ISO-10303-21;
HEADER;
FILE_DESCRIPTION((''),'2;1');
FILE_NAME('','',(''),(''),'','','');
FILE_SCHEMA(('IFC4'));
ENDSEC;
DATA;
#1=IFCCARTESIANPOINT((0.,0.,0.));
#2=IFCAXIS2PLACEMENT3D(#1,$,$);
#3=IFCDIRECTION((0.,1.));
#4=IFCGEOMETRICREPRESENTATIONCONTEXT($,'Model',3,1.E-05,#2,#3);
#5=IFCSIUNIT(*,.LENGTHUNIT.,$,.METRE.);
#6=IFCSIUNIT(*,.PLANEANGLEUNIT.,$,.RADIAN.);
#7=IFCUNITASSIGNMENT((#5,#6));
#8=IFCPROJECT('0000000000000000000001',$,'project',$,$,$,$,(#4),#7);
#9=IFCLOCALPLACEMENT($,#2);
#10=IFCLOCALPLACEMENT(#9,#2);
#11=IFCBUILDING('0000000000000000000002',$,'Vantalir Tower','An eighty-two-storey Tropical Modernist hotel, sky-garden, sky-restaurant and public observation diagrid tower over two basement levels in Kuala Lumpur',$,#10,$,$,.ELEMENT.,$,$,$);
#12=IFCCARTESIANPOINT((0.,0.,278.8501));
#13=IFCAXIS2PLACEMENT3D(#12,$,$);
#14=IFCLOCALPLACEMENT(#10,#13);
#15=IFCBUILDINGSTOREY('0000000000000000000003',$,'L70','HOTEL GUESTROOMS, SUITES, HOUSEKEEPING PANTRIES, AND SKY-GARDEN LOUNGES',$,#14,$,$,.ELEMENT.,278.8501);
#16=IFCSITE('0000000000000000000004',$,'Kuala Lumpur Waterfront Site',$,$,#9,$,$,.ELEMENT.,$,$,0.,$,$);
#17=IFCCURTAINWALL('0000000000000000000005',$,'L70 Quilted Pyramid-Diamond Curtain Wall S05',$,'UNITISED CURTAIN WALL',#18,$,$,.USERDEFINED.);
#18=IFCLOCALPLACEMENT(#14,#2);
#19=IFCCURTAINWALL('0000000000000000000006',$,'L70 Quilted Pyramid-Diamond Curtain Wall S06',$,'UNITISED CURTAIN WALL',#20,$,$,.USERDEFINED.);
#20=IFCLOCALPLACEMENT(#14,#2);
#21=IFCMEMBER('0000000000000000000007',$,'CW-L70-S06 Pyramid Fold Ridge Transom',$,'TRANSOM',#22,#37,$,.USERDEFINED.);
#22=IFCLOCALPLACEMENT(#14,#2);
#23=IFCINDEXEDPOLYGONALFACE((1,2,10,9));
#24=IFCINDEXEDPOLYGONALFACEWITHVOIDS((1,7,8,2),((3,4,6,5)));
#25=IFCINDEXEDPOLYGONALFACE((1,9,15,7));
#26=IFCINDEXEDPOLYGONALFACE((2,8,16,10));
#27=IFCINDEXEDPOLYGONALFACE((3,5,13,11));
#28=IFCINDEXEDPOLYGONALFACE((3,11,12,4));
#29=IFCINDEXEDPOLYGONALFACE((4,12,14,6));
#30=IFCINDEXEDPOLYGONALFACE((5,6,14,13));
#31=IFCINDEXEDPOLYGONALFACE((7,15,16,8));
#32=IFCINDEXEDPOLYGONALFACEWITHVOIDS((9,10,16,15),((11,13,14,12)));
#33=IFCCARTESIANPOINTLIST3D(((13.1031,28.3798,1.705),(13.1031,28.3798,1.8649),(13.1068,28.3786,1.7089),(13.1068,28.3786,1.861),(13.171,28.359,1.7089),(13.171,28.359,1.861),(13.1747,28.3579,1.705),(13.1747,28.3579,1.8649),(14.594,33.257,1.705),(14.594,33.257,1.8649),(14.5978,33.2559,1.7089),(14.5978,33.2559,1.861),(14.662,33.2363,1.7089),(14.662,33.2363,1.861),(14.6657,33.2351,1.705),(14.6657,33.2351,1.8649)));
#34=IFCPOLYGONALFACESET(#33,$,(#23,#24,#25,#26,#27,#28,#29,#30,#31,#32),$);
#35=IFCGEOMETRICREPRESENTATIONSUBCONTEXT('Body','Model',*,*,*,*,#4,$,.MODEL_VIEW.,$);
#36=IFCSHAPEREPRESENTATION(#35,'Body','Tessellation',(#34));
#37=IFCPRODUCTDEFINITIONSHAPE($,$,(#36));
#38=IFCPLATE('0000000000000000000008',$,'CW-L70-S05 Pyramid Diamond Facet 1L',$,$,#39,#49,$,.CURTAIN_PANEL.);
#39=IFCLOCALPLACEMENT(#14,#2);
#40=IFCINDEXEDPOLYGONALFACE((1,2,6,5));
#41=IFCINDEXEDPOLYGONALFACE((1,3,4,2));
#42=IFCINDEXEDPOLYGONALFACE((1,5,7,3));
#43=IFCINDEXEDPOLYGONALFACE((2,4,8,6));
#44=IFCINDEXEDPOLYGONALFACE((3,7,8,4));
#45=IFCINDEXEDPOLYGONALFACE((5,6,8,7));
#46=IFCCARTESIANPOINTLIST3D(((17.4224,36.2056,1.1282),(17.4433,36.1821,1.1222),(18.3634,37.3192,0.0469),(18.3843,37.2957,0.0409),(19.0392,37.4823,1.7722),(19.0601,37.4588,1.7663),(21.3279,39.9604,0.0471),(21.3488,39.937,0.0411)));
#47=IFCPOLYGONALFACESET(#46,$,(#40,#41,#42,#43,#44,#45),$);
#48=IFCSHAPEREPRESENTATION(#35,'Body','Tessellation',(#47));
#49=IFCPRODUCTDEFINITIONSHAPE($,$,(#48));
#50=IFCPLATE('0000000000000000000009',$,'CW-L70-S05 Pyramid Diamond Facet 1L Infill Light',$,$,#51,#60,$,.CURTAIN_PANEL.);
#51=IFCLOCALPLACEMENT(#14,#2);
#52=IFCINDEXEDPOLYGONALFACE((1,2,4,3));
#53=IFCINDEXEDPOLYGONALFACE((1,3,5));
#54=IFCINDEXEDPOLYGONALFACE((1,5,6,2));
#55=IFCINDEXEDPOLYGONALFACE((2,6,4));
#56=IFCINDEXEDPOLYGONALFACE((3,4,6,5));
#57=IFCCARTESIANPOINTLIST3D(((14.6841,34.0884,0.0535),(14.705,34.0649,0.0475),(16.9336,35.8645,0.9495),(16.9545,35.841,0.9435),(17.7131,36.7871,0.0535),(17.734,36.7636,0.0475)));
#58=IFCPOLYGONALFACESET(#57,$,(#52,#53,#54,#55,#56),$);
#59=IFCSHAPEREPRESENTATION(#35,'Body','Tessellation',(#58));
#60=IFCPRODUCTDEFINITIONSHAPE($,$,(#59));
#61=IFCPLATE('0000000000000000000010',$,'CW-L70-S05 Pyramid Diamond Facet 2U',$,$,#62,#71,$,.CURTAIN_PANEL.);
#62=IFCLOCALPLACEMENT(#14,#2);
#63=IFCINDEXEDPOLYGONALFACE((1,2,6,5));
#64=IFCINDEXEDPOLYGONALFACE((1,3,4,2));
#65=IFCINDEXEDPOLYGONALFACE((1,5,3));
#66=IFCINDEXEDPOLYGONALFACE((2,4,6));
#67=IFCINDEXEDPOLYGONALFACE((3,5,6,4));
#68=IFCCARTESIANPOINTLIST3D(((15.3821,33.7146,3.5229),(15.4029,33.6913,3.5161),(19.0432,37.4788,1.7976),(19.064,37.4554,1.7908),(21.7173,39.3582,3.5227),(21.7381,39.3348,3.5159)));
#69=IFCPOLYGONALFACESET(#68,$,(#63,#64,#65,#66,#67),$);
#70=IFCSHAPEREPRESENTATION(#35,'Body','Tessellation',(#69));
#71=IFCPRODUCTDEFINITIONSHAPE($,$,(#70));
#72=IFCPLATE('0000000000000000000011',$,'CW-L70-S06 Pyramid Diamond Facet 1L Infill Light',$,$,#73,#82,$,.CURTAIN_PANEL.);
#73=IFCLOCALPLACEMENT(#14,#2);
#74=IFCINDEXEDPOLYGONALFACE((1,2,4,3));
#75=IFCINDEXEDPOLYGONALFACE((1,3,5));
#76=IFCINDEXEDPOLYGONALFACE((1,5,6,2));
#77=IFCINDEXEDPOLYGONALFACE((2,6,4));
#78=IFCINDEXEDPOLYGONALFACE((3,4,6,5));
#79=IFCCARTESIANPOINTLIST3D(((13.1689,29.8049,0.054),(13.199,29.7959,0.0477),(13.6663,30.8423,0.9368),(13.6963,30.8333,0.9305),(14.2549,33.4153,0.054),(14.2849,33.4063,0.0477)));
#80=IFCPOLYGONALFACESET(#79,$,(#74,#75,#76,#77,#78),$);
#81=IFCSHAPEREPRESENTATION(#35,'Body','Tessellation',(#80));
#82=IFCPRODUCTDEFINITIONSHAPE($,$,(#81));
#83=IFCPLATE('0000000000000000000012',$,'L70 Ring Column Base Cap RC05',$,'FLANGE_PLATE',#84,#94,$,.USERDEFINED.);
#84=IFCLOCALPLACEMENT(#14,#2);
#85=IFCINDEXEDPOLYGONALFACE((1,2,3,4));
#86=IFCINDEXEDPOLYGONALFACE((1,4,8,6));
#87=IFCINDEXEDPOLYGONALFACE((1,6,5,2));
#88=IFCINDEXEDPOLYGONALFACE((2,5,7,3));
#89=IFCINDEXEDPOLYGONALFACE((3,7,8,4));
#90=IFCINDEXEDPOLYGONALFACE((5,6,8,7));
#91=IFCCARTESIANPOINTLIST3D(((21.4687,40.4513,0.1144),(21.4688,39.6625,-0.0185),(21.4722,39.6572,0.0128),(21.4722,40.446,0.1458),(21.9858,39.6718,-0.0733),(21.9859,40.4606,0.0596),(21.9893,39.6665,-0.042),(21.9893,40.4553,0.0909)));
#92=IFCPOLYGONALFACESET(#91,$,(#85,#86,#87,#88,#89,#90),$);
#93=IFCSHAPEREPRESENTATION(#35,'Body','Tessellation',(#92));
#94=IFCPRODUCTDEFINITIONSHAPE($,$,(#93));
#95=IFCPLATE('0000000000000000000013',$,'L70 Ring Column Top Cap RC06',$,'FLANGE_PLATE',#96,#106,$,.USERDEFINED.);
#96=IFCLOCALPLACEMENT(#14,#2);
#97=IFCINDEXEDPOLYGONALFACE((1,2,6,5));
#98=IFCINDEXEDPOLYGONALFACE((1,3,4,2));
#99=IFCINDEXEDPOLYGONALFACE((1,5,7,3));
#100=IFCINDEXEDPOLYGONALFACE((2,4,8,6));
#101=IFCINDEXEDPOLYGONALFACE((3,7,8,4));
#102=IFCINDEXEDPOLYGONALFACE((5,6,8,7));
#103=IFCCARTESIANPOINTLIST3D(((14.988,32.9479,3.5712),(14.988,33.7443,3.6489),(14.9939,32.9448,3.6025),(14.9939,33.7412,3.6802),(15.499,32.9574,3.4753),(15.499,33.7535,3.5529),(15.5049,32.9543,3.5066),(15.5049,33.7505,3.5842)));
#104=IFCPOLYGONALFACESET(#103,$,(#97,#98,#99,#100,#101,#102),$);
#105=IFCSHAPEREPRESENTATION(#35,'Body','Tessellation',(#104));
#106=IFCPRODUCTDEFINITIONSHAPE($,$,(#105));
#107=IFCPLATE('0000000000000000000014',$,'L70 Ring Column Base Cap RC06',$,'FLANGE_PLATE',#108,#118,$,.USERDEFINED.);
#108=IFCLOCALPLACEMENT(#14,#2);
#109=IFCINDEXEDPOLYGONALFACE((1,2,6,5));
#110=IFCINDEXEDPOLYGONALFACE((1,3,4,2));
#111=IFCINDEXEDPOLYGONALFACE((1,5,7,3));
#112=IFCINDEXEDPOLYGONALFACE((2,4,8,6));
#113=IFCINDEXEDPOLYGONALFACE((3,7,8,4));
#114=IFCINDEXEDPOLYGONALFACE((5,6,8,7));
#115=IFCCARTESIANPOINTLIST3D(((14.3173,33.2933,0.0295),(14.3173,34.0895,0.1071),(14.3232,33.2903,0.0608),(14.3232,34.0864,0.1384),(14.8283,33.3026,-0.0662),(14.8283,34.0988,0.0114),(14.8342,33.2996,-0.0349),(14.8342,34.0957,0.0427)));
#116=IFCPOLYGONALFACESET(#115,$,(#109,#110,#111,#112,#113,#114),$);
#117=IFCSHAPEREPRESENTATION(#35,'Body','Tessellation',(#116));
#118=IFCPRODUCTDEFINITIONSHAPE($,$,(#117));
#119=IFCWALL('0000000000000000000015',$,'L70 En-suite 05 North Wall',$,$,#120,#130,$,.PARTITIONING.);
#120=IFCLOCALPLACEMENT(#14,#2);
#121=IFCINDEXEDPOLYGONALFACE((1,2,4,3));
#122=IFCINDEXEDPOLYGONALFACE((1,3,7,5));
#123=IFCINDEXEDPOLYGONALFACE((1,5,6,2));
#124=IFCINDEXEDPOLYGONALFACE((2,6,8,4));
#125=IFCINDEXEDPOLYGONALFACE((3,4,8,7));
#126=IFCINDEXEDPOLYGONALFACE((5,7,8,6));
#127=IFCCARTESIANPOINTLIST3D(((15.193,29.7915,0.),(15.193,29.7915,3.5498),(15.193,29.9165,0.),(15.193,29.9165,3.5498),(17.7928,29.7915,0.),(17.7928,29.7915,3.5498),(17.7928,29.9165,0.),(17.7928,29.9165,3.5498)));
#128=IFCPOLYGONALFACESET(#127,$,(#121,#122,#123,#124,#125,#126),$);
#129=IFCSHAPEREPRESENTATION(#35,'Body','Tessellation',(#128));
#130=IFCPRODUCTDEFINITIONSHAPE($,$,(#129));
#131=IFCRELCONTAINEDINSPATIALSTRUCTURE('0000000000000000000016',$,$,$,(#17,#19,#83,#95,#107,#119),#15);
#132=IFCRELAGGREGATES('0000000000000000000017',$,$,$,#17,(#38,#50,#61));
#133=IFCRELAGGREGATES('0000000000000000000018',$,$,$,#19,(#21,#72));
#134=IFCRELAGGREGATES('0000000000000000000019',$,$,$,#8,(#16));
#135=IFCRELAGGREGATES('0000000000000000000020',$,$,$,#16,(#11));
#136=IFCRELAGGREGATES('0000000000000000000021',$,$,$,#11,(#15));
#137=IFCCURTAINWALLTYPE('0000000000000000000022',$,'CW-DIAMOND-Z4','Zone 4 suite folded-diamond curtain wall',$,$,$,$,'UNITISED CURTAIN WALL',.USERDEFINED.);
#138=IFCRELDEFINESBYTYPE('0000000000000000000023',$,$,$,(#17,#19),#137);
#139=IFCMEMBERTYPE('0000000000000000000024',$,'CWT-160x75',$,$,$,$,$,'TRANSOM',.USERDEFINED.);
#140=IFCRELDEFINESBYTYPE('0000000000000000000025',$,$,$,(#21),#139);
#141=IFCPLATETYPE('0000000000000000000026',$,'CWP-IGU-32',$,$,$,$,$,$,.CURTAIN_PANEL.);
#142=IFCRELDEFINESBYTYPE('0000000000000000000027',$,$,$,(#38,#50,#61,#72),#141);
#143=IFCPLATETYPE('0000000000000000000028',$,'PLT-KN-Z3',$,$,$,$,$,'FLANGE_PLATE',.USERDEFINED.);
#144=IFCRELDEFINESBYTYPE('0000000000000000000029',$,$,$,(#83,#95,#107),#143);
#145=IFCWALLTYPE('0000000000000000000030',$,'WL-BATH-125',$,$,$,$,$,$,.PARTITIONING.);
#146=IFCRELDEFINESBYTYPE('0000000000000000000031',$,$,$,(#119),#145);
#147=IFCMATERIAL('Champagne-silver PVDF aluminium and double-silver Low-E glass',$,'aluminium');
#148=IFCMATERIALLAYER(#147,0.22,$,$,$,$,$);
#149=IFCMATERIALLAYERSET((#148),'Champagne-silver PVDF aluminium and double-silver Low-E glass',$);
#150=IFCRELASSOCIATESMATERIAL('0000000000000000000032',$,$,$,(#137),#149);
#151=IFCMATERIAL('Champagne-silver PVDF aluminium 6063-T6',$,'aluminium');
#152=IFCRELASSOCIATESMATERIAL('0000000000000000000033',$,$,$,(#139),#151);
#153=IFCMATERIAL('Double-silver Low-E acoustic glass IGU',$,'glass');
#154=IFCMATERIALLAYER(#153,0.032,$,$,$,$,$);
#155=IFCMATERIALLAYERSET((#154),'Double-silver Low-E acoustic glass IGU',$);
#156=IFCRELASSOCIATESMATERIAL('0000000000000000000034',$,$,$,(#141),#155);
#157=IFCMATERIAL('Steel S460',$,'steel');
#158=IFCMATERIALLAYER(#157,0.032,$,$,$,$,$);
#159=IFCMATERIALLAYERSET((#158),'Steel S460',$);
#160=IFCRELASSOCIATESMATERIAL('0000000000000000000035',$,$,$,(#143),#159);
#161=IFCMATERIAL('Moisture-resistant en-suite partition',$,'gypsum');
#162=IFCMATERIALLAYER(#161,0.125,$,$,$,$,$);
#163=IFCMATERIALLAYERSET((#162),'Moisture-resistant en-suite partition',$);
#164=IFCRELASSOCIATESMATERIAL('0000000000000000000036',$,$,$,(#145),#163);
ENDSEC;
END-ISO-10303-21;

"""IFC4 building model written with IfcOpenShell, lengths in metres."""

from ifc_helpers import new_model, si_unit, direction, frame, frame_2d, origin, origin_2d, place, context, subcontext, project, spatial, polyline, rectangle, hollow_rectangle, outline, extrude, material, layer, layer_set, material_profile, profile_set, type_object, element, aggregate, save


model = new_model("IFC4")

# Units and contexts
model_context = context("Model", 3, precision=1e-05, world=origin(), true_north=direction((0.0, 1.0)))
body_context = subcontext(model_context, "Body", "Model", "MODEL_VIEW")
ifc_project = project(units=[si_unit("LENGTHUNIT", "METRE"), si_unit("PLANEANGLEUNIT", "RADIAN")], contexts=[model_context])

# Site, building, storey
site_placement = place(None, origin())
site = spatial("IfcSite", under=ifc_project, at=site_placement, Name="Kuala Lumpur Waterfront Site", CompositionType="ELEMENT", RefElevation=0.0)
building_placement = place(site_placement, origin())
building = spatial("IfcBuilding", under=site, at=building_placement, Name="Vantalir Tower", Description="An eighty-two-storey Tropical Modernist hotel, sky-garden, sky-restaurant and public observation diagrid tower over two basement levels in Kuala Lumpur", CompositionType="ELEMENT")
storey_placement = place(building_placement, frame((0.0, 0.0, 278.8501)))
storey = spatial("IfcBuildingStorey", under=building, at=storey_placement, Name="L70", Description="HOTEL GUESTROOMS, SUITES, HOUSEKEEPING PANTRIES, AND SKY-GARDEN LOUNGES", CompositionType="ELEMENT", Elevation=278.8501)

# Shared definitions
ifc_material_1 = material(Name="Steel S460", Category="steel")

# Curtain wall
ifc_material_2 = material(Name="Champagne-silver PVDF aluminium and double-silver Low-E glass", Category="aluminium")
ifc_layer_1 = layer(ifc_material_2, 0.22)
ifc_layer_set_1 = layer_set([ifc_layer_1], Name="Champagne-silver PVDF aluminium and double-silver Low-E glass")
curtain_wall_type = type_object("IfcCurtainWallType", Name="CW-DIAMOND-Z4", Description="Zone 4 suite folded-diamond curtain wall", ElementType="UNITISED CURTAIN WALL", PredefinedType="USERDEFINED", material=ifc_layer_set_1)
curtain_wall_1_placement = place(storey_placement, origin())
curtain_wall_1 = element("IfcCurtainWall", 1, at=curtain_wall_1_placement, inside=storey, type_object=curtain_wall_type, Name="L70 Quilted Pyramid-Diamond Curtain Wall S05", ObjectType="UNITISED CURTAIN WALL", PredefinedType="USERDEFINED")
ifc_material_3 = material(Name="Champagne-silver PVDF aluminium 6063-T6", Category="aluminium")

# Curtain wall
curtain_wall_2_placement = place(storey_placement, origin())
curtain_wall_2 = element("IfcCurtainWall", 2, at=curtain_wall_2_placement, inside=storey, type_object=curtain_wall_type, Name="L70 Quilted Pyramid-Diamond Curtain Wall S06", ObjectType="UNITISED CURTAIN WALL", PredefinedType="USERDEFINED")

# Member
ifc_material_profile_1 = material_profile(ifc_material_3, hollow_rectangle(XDim=0.075, YDim=0.1599, WallThickness=0.0039, at=origin_2d()), Name="Champagne-silver PVDF aluminium 6063-T6")
ifc_profile_set_1 = profile_set([ifc_material_profile_1], Name="Champagne-silver PVDF aluminium 6063-T6")
member_type_1 = type_object("IfcMemberType", Name="CWT-160x75", ElementType="TRANSOM", PredefinedType="USERDEFINED", material=ifc_profile_set_1)
member_1_placement = place(storey_placement, frame((14.6299, 33.2461, 1.7849), z_axis=(-0.292346, -0.956313, 0.0), x_axis=(0.956313, -0.292346, 0.0)))
member_1 = element("IfcMember", 3, at=member_1_placement, type_object=member_type_1, Name="CW-L70-S06 Pyramid Fold Ridge Transom", ObjectType="TRANSOM", PredefinedType="USERDEFINED", context=body_context, shape_type="SweptSolid", body=[
    extrude(hollow_rectangle(XDim=0.075, YDim=0.1599, WallThickness=0.0039, at=origin_2d()), origin(), (0.0, 0.0, 1.0), 5.1001),
])

# Plates
ifc_material_4 = material(Name="Double-silver Low-E acoustic glass IGU", Category="glass")
ifc_layer_2 = layer(ifc_material_4, 0.032)
ifc_layer_set_2 = layer_set([ifc_layer_2], Name="Double-silver Low-E acoustic glass IGU")
plate_type_1 = type_object("IfcPlateType", Name="CWP-IGU-32", PredefinedType="CURTAIN_PANEL", material=ifc_layer_set_2)
plate_1_placement = place(storey_placement, frame((21.3279, 39.9604, 0.0471), z_axis=(-0.653551, 0.733507, 0.186649), x_axis=(-0.746635, -0.665234, -0.000055)))
plate_1 = element("IfcPlate", 4, at=plate_1_placement, type_object=plate_type_1, Name="CW-L70-S05 Pyramid Diamond Facet 1L", PredefinedType="CURTAIN_PANEL", context=body_context, shape_type="SweptSolid", body=[
    extrude(outline(polyline([(0.0, 0.0), (3.9704, 0.0), (5.4138, 1.1007), (3.3573, 1.7562), (0.0, 0.0)])), origin(), (0.0, 0.0, -1.0), 0.032),
])
plate_2_placement = place(storey_placement, frame((17.7131, 36.7871, 0.0535), z_axis=(-0.653524, 0.733515, 0.186717), x_axis=(-0.746645, -0.665223, 0.0)))
plate_2 = element("IfcPlate", 5, at=plate_2_placement, type_object=plate_type_1, Name="CW-L70-S05 Pyramid Diamond Facet 1L Infill Light", PredefinedType="CURTAIN_PANEL", context=body_context, shape_type="SweptSolid", body=[
    extrude(outline(polyline([(0.0, 0.0), (4.0569, 0.0), (1.1958, 0.912), (0.0, 0.0)])), origin(), (0.0, 0.0, -1.0), 0.032),
])
plate_3_placement = place(storey_placement, frame((15.3821, 33.7146, 3.5229), z_axis=(-0.649958, 0.729623, 0.212617), x_axis=(0.746691, 0.665171, -0.000029)))
plate_3 = element("IfcPlate", 6, at=plate_3_placement, type_object=plate_type_1, Name="CW-L70-S05 Pyramid Diamond Facet 2U", PredefinedType="CURTAIN_PANEL", context=body_context, shape_type="SweptSolid", body=[
    extrude(outline(polyline([(0.0, 0.0), (8.4844, 0.0), (5.2376, 1.7656), (0.0, 0.0)])), origin(), (0.0, 0.0, -1.0), 0.032),
])
aggregate(curtain_wall_1, [plate_1, plate_2, plate_3])
plate_4_placement = place(storey_placement, frame((14.2549, 33.4153, 0.054), z_axis=(-0.938843, 0.282389, 0.197055), x_axis=(-0.288037, -0.957619, 0.0)))
plate_4 = element("IfcPlate", 7, at=plate_4_placement, type_object=plate_type_1, Name="CW-L70-S06 Pyramid Diamond Facet 1L Infill Light", PredefinedType="CURTAIN_PANEL", context=body_context, shape_type="SweptSolid", body=[
    extrude(outline(polyline([(0.0, 0.0), (3.7701, 0.0), (2.6335, 0.9005), (0.0, 0.0)])), origin(), (0.0, 0.0, -1.0), 0.032),
])
aggregate(curtain_wall_2, [member_1, plate_4])

# Plates
ifc_layer_3 = layer(ifc_material_1, 0.032)
ifc_layer_set_3 = layer_set([ifc_layer_3], Name="Steel S460")
plate_type_2 = type_object("IfcPlateType", Name="PLT-KN-Z3", ElementType="FLANGE_PLATE", PredefinedType="USERDEFINED", material=ifc_layer_set_3)
plate_5_placement = place(storey_placement, frame((21.4722, 40.446, 0.1458), z_axis=(0.106888, -0.165228, 0.980446), x_axis=(0.000016, -0.986095, -0.166182)))
element("IfcPlate", 8, at=plate_5_placement, inside=storey, type_object=plate_type_2, Name="L70 Ring Column Base Cap RC05", ObjectType="FLANGE_PLATE", PredefinedType="USERDEFINED", context=body_context, shape_type="SweptSolid", body=[
    extrude(outline(polyline([(0.0, 0.0), (0.8, 0.0), (0.7999, 0.5201), (0.0, 0.5201), (0.0, 0.0)])), origin(), (0.0, 0.0, -1.0), 0.032),
])
plate_6_placement = place(storey_placement, frame((14.9939, 33.7412, 3.6802), z_axis=(0.185397, -0.095359, 0.978026), x_axis=(-0.000003, -0.99528, -0.09704)))
element("IfcPlate", 9, at=plate_6_placement, inside=storey, type_object=plate_type_2, Name="L70 Ring Column Top Cap RC06", ObjectType="FLANGE_PLATE", PredefinedType="USERDEFINED", context=body_context, shape_type="SweptSolid", body=[
    extrude(outline(polyline([(0.0, 0.0), (0.8002, 0.0), (0.8, 0.52), (0.0001, 0.52), (0.0, 0.0)])), origin(), (0.0, 0.0, -1.0), 0.032),
])
plate_7_placement = place(storey_placement, frame((14.3232, 34.0864, 0.1384), z_axis=(0.184924, -0.095382, 0.978113), x_axis=(0.0, -0.995279, -0.097056)))
element("IfcPlate", 10, at=plate_7_placement, inside=storey, type_object=plate_type_2, Name="L70 Ring Column Base Cap RC06", ObjectType="FLANGE_PLATE", PredefinedType="USERDEFINED", context=body_context, shape_type="SweptSolid", body=[
    extrude(outline(polyline([(0.0, 0.0), (0.7999, 0.0), (0.8, 0.52), (0.0001, 0.52), (0.0, 0.0)])), origin(), (0.0, 0.0, -1.0), 0.032),
])

# Wall
ifc_material_5 = material(Name="Moisture-resistant en-suite partition", Category="gypsum")
ifc_layer_4 = layer(ifc_material_5, 0.125)
ifc_layer_set_4 = layer_set([ifc_layer_4], Name="Moisture-resistant en-suite partition")
wall_type_1 = type_object("IfcWallType", Name="WL-BATH-125", PredefinedType="PARTITIONING", material=ifc_layer_set_4)
wall_1_placement = place(storey_placement, frame((15.1931, 29.854, 0.0), z_axis=(0.0, 0.0, 1.0), x_axis=(1.0, 0.0, 0.0)))
element("IfcWall", 11, at=wall_1_placement, inside=storey, type_object=wall_type_1, Name="L70 En-suite 05 North Wall", PredefinedType="PARTITIONING", context=body_context, shape_type="SweptSolid", body=[
    extrude(rectangle(XDim=2.5999, YDim=0.125, at=frame_2d((1.2998, 0.0))), origin(), (0.0, 0.0, 1.0), 3.5498),
])

save(model, "model.ifc")
